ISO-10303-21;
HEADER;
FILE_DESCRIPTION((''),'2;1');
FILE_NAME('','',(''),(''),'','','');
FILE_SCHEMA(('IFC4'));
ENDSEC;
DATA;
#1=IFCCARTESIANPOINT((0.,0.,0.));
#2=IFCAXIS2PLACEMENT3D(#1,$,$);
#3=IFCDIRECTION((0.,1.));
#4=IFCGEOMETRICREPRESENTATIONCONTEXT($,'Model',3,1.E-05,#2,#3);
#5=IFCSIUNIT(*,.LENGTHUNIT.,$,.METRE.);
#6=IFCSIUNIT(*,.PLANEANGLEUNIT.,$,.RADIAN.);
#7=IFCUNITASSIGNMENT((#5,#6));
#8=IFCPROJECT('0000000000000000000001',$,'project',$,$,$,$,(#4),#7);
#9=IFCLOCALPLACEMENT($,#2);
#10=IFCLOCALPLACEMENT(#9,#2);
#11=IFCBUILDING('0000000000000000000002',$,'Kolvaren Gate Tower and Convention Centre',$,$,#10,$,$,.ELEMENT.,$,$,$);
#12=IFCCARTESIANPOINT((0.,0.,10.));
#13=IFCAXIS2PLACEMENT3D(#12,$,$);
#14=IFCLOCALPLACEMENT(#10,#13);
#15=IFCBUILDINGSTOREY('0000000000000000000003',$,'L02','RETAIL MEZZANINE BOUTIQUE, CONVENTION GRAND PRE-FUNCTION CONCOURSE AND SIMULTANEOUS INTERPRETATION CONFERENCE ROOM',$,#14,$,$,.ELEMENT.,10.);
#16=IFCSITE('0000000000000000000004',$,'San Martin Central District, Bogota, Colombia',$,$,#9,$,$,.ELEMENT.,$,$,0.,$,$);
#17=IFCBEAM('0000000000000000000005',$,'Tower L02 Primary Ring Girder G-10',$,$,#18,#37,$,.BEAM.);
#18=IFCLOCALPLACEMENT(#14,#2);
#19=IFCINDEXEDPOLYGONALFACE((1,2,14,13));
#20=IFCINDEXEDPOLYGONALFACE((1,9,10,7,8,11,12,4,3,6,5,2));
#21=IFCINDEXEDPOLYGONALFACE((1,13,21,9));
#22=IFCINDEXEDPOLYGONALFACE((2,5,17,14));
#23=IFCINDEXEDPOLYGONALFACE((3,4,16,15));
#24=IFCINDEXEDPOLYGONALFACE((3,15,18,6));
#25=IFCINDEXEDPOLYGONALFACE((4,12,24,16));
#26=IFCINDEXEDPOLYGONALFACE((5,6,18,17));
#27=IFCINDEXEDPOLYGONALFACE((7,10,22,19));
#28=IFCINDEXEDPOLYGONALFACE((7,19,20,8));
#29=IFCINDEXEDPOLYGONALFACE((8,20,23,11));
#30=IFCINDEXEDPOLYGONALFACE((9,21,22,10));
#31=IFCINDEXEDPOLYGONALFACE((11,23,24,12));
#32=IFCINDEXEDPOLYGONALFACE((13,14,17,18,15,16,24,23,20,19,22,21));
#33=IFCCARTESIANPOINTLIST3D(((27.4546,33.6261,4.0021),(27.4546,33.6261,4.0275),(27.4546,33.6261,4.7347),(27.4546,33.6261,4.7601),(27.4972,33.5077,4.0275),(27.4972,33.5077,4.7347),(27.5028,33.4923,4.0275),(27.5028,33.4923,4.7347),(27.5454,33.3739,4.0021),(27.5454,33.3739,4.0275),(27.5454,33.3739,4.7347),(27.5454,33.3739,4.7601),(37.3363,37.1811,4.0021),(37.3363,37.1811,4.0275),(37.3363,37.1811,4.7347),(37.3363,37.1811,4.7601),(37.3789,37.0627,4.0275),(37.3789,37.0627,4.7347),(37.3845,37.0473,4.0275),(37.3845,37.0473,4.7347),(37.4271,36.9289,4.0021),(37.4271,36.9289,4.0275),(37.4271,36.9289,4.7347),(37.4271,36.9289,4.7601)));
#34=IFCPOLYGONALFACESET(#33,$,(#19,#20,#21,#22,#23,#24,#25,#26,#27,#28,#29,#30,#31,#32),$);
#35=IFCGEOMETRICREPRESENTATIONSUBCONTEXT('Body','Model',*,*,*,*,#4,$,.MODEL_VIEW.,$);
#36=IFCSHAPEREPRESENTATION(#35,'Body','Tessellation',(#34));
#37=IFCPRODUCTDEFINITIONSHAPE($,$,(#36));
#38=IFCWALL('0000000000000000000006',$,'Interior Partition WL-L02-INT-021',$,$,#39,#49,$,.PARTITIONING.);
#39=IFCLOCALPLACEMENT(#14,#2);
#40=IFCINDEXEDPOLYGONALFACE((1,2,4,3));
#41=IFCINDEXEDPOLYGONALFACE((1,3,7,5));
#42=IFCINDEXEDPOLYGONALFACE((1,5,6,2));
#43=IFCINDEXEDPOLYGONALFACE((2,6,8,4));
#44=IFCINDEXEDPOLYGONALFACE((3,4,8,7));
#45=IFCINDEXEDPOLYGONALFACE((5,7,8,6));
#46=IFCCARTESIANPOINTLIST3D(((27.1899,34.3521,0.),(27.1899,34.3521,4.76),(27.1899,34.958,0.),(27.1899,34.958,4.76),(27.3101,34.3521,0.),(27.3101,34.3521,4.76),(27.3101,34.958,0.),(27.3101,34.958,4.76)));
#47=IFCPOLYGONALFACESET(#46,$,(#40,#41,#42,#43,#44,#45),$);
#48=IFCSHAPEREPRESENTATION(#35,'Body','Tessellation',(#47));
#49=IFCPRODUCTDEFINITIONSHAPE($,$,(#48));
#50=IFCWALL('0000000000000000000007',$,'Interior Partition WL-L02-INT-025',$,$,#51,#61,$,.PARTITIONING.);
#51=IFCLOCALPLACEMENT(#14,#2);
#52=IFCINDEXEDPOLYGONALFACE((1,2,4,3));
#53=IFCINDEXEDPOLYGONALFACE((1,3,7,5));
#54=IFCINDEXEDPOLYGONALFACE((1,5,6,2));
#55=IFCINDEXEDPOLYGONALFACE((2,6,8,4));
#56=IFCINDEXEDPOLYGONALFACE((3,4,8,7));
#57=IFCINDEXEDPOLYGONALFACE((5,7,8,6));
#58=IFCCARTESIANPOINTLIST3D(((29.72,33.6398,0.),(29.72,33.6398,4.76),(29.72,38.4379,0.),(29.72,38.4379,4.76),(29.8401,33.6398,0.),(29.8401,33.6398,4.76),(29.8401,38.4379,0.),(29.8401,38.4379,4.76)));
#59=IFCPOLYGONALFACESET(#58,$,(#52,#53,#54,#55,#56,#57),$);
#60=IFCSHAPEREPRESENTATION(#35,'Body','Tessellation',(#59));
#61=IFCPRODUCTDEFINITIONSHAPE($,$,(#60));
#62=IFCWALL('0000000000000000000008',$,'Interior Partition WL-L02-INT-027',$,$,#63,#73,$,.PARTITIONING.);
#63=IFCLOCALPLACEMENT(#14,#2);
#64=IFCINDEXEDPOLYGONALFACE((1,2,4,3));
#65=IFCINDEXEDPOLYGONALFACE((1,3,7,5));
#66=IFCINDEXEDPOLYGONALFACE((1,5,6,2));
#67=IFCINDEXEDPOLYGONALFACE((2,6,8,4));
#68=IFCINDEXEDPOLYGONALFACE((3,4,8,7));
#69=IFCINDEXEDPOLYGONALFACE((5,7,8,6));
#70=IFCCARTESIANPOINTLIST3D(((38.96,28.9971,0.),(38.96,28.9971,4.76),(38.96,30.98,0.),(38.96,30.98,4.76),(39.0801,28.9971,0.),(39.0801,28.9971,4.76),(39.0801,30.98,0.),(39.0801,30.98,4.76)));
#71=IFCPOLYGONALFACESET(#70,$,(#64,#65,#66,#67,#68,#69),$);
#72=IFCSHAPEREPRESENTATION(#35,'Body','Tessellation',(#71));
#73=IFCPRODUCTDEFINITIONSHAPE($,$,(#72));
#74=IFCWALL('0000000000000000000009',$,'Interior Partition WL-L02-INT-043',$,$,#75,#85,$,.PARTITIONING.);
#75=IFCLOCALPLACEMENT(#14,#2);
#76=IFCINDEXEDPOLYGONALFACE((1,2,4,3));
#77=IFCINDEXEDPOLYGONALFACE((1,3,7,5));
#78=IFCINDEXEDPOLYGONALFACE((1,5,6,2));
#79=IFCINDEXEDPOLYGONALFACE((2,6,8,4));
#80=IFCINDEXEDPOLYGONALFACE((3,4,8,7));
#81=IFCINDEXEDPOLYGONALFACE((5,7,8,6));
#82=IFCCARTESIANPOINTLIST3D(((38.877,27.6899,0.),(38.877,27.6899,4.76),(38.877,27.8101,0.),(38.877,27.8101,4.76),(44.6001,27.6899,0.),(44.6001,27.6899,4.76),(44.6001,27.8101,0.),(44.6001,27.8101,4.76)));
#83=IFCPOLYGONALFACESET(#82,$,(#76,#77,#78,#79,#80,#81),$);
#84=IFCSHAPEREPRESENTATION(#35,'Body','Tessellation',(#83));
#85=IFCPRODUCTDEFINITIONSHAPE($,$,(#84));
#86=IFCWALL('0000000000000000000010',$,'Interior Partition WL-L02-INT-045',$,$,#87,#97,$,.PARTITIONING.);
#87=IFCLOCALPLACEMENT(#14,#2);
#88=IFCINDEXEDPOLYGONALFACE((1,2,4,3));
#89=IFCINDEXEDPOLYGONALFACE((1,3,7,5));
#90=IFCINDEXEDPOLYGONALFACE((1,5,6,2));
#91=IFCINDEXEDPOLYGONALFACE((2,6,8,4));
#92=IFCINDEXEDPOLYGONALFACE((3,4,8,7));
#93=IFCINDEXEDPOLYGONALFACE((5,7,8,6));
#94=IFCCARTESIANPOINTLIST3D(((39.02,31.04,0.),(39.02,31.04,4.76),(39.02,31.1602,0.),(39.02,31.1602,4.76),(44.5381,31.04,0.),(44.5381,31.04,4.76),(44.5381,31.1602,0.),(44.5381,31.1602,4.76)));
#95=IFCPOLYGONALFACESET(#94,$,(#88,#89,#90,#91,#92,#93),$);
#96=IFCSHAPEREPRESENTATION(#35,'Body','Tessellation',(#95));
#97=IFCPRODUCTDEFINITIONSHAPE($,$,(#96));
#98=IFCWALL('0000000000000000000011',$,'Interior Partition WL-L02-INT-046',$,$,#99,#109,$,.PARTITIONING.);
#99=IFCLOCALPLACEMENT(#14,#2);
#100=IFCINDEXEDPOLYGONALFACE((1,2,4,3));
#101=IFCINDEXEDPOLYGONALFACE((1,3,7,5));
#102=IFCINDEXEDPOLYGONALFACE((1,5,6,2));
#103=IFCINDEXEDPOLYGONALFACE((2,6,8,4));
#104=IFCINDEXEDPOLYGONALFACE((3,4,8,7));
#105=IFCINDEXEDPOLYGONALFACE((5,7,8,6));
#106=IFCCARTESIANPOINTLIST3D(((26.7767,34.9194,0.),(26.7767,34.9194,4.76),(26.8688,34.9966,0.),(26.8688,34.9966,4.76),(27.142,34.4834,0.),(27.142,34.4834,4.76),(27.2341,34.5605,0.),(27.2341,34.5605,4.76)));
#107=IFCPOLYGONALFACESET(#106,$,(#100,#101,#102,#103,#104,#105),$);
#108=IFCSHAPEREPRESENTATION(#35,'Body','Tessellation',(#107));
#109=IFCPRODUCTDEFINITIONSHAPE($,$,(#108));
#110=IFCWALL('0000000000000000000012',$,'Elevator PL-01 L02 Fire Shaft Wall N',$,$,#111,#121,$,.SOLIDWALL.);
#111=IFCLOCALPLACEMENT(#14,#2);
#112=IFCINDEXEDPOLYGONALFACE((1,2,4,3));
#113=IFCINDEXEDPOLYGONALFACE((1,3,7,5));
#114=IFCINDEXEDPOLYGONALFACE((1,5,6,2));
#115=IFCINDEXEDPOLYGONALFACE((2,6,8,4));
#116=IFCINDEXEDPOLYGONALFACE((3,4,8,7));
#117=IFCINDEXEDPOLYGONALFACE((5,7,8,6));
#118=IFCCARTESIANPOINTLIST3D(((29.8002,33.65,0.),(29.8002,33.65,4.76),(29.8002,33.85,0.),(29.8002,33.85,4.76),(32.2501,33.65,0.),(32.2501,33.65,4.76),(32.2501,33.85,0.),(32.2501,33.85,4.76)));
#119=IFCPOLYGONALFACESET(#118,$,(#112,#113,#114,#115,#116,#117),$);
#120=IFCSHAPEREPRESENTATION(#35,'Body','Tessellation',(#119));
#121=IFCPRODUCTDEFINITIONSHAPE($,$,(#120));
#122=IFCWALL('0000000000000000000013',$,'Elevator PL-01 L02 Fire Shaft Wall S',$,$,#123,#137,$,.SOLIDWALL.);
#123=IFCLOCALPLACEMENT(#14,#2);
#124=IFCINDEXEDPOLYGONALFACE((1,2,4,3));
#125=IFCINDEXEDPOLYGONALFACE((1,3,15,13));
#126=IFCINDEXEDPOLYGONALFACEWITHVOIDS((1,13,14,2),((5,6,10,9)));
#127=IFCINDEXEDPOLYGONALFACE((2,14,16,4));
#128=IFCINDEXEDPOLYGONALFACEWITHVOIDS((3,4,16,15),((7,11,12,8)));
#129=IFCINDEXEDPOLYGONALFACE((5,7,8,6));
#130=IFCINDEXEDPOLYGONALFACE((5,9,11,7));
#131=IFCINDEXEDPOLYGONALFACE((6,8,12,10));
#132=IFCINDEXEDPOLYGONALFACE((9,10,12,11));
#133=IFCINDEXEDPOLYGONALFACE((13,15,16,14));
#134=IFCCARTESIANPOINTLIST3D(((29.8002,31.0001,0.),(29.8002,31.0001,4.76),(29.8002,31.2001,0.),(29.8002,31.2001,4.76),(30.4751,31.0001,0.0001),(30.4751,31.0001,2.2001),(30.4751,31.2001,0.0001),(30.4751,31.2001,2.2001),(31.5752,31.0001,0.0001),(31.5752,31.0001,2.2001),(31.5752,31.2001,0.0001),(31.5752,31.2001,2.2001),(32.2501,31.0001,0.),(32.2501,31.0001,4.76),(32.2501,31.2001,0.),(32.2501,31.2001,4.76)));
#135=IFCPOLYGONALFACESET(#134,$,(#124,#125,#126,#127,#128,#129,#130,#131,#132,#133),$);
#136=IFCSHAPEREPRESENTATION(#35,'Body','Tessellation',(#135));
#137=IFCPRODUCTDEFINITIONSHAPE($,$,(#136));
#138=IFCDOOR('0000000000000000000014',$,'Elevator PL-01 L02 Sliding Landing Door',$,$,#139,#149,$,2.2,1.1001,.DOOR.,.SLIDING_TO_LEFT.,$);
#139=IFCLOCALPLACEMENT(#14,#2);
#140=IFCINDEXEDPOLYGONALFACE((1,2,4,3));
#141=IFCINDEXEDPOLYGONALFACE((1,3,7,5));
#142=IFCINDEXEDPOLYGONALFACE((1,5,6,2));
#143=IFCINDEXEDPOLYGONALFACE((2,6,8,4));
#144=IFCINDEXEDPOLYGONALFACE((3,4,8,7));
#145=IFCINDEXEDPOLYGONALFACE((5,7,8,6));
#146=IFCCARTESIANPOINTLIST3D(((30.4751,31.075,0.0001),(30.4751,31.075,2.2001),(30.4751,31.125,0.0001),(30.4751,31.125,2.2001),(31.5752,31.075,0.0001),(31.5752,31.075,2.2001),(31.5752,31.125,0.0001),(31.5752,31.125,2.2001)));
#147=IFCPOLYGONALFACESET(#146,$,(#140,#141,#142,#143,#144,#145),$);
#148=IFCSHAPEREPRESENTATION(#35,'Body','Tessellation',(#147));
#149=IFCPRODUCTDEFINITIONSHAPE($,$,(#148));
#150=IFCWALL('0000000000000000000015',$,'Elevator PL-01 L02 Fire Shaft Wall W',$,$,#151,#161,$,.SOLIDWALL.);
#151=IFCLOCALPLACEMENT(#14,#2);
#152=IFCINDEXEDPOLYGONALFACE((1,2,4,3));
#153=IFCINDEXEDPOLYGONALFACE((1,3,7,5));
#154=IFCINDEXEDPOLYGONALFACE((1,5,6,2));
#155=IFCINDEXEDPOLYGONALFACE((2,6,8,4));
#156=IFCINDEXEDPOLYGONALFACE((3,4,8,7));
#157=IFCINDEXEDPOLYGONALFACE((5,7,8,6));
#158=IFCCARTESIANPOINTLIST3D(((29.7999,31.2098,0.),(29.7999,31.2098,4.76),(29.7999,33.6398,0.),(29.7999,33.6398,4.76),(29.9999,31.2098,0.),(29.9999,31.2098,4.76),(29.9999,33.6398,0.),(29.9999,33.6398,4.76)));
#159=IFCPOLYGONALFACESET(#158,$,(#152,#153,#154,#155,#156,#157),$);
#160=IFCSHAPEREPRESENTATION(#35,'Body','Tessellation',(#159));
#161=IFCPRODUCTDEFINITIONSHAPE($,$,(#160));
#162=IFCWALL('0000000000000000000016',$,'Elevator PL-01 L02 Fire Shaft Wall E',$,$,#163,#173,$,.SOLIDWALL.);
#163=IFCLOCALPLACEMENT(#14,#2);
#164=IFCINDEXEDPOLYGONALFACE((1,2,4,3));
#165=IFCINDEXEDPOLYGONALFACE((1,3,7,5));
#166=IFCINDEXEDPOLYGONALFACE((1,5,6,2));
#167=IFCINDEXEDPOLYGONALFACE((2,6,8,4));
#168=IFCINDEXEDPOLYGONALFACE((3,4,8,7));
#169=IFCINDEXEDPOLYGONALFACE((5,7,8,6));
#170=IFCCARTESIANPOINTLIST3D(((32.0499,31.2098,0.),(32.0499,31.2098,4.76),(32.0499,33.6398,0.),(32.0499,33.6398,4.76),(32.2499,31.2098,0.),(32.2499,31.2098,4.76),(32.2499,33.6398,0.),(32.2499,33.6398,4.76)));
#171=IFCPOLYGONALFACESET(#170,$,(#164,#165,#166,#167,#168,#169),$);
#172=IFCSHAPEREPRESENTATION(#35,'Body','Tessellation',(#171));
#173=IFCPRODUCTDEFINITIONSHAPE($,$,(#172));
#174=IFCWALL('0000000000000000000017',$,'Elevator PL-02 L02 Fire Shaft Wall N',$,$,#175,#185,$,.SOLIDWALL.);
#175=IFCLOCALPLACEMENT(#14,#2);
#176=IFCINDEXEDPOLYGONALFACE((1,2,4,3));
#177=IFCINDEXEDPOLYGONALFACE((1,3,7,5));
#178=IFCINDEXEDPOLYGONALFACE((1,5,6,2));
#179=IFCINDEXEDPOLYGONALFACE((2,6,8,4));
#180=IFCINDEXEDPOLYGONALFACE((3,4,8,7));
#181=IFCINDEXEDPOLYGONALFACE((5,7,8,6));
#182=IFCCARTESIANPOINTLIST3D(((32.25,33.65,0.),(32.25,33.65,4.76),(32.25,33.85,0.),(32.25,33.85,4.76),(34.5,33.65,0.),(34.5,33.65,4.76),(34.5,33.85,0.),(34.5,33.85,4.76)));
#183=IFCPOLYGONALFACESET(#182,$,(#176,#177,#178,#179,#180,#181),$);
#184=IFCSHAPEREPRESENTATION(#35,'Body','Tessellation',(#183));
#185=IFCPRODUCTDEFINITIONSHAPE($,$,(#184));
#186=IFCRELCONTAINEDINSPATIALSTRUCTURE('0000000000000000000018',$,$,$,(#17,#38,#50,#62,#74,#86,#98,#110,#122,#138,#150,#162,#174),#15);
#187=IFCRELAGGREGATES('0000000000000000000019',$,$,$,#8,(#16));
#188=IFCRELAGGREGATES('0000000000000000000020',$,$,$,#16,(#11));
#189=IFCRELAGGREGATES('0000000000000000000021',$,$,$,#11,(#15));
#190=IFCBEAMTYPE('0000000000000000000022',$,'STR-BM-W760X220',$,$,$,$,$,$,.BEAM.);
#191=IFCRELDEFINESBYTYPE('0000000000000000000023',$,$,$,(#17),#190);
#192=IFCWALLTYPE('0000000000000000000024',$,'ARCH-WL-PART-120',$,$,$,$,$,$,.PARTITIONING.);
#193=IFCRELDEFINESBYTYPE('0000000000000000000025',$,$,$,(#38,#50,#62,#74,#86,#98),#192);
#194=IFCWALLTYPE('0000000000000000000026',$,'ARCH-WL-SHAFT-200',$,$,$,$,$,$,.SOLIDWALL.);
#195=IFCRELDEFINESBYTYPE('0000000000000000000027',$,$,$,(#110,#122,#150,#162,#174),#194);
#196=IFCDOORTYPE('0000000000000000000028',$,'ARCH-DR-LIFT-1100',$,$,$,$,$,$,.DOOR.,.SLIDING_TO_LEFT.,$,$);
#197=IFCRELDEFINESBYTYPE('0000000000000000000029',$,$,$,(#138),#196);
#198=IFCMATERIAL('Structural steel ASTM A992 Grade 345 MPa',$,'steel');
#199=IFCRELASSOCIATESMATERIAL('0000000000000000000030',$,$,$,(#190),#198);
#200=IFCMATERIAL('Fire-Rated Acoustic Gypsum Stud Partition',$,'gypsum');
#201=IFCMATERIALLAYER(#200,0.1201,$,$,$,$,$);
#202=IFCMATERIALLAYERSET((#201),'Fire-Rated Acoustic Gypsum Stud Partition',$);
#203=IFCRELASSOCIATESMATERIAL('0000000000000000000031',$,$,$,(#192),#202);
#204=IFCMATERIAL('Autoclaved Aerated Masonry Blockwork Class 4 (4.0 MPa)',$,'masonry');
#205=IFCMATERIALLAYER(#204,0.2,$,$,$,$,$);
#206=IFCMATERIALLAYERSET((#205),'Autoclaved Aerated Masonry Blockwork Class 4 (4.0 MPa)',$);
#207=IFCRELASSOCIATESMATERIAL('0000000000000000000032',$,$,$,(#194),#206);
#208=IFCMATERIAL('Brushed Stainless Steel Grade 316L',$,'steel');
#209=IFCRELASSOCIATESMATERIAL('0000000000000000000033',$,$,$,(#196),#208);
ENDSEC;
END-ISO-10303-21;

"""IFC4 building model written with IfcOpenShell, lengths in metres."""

from ifc_helpers import new_model, si_unit, direction, frame, frame_2d, origin, origin_2d, place, context, subcontext, project, spatial, rectangle, i_section, extrude, material, layer, layer_set, material_profile, profile_set, type_object, element, fill, save


model = new_model("IFC4")

# Units and contexts
model_context = context("Model", 3, precision=1e-05, world=origin(), true_north=direction((0.0, 1.0)))
body_context = subcontext(model_context, "Body", "Model", "MODEL_VIEW")
ifc_project = project(units=[si_unit("LENGTHUNIT", "METRE"), si_unit("PLANEANGLEUNIT", "RADIAN")], contexts=[model_context])

# Site, building, storey
site_placement = place(None, origin())
site = spatial("IfcSite", under=ifc_project, at=site_placement, Name="San Martin Central District, Bogota, Colombia", CompositionType="ELEMENT", RefElevation=0.0)
building_placement = place(site_placement, origin())
building = spatial("IfcBuilding", under=site, at=building_placement, Name="Kolvaren Gate Tower and Convention Centre", CompositionType="ELEMENT")
storey_placement = place(building_placement, frame((0.0, 0.0, 10.0)))
storey = spatial("IfcBuildingStorey", under=building, at=storey_placement, Name="L02", Description="RETAIL MEZZANINE BOUTIQUE, CONVENTION GRAND PRE-FUNCTION CONCOURSE AND SIMULTANEOUS INTERPRETATION CONFERENCE ROOM", CompositionType="ELEMENT", Elevation=10.0)

# Beam
ifc_material_1 = material(Name="Structural steel ASTM A992 Grade 345 MPa", Category="steel")
ifc_material_profile = material_profile(ifc_material_1, i_section(OverallWidth=0.2681, OverallDepth=0.7581, WebThickness=0.0164, FlangeThickness=0.0254, at=origin_2d()), Name="W760X220")
ifc_profile_set = profile_set([ifc_material_profile], Name="Structural steel ASTM A992 Grade 345 MPa")
beam_type = type_object("IfcBeamType", Name="STR-BM-W760X220", PredefinedType="BEAM", material=ifc_profile_set)
beam_placement = place(storey_placement, frame((27.5, 33.5, 4.3811), z_axis=(0.940961, 0.338514, 0.0), x_axis=(-0.338514, 0.940961, 0.0)))
element("IfcBeam", 1, at=beam_placement, inside=storey, type_object=beam_type, Name="Tower L02 Primary Ring Girder G-10", PredefinedType="BEAM", context=body_context, shape_type="SweptSolid", body=[
    extrude(i_section(OverallWidth=0.2681, OverallDepth=0.7581, WebThickness=0.0164, FlangeThickness=0.0254, at=origin_2d()), origin(), (0.0, 0.0, 1.0), 10.5017),
])

# Walls
ifc_material_2 = material(Name="Fire-Rated Acoustic Gypsum Stud Partition", Category="gypsum")
ifc_layer_1 = layer(ifc_material_2, 0.1201)
ifc_layer_set_1 = layer_set([ifc_layer_1], Name="Fire-Rated Acoustic Gypsum Stud Partition")
wall_type_1 = type_object("IfcWallType", Name="ARCH-WL-PART-120", PredefinedType="PARTITIONING", material=ifc_layer_set_1)
wall_1_placement = place(storey_placement, frame((27.25, 34.3521, 0.0), z_axis=(0.0, 0.0, 1.0), x_axis=(0.0, 1.0, 0.0)))
element("IfcWall", 2, at=wall_1_placement, inside=storey, type_object=wall_type_1, Name="Interior Partition WL-L02-INT-021", PredefinedType="PARTITIONING", context=body_context, shape_type="SweptSolid", body=[
    extrude(rectangle(XDim=0.606, YDim=0.1201, at=frame_2d((0.303, 0.0))), origin(), (0.0, 0.0, 1.0), 4.76),
])
wall_2_placement = place(storey_placement, frame((29.78, 33.6399, 0.0), z_axis=(0.0, 0.0, 1.0), x_axis=(0.0, 1.0, 0.0)))
element("IfcWall", 3, at=wall_2_placement, inside=storey, type_object=wall_type_1, Name="Interior Partition WL-L02-INT-025", PredefinedType="PARTITIONING", context=body_context, shape_type="SweptSolid", body=[
    extrude(rectangle(XDim=4.7981, YDim=0.1201, at=frame_2d((2.3989, 0.0))), origin(), (0.0, 0.0, 1.0), 4.76),
])
wall_3_placement = place(storey_placement, frame((39.02, 28.9971, 0.0), z_axis=(0.0, 0.0, 1.0), x_axis=(0.0, 1.0, 0.0)))
element("IfcWall", 4, at=wall_3_placement, inside=storey, type_object=wall_type_1, Name="Interior Partition WL-L02-INT-027", PredefinedType="PARTITIONING", context=body_context, shape_type="SweptSolid", body=[
    extrude(rectangle(XDim=1.9829, YDim=0.1201, at=frame_2d((0.9915, 0.0))), origin(), (0.0, 0.0, 1.0), 4.76),
])
wall_4_placement = place(storey_placement, frame((38.877, 27.75, 0.0), z_axis=(0.0, 0.0, 1.0), x_axis=(1.0, 0.0, 0.0)))
element("IfcWall", 5, at=wall_4_placement, inside=storey, type_object=wall_type_1, Name="Interior Partition WL-L02-INT-043", PredefinedType="PARTITIONING", context=body_context, shape_type="SweptSolid", body=[
    extrude(rectangle(XDim=5.7231, YDim=0.1201, at=frame_2d((2.8616, 0.0))), origin(), (0.0, 0.0, 1.0), 4.76),
])
wall_5_placement = place(storey_placement, frame((39.02, 31.1001, 0.0), z_axis=(0.0, 0.0, 1.0), x_axis=(1.0, 0.0, 0.0)))
element("IfcWall", 6, at=wall_5_placement, inside=storey, type_object=wall_type_1, Name="Interior Partition WL-L02-INT-045", PredefinedType="PARTITIONING", context=body_context, shape_type="SweptSolid", body=[
    extrude(rectangle(XDim=5.5181, YDim=0.1201, at=frame_2d((2.759, 0.0))), origin(), (0.0, 0.0, 1.0), 4.76),
])
wall_6_placement = place(storey_placement, frame((26.8228, 34.958, 0.0), z_axis=(0.0, 0.0, 1.0), x_axis=(0.642124, -0.7666, 0.0)))
element("IfcWall", 7, at=wall_6_placement, inside=storey, type_object=wall_type_1, Name="Interior Partition WL-L02-INT-046", PredefinedType="PARTITIONING", context=body_context, shape_type="SweptSolid", body=[
    extrude(rectangle(XDim=0.5688, YDim=0.1201, at=frame_2d((0.2844, 0.0))), origin(), (0.0, 0.0, 1.0), 4.76),
])
ifc_material_3 = material(Name="Autoclaved Aerated Masonry Blockwork Class 4 (4.0 MPa)", Category="masonry")
ifc_layer_2 = layer(ifc_material_3, 0.2)
ifc_layer_set_2 = layer_set([ifc_layer_2], Name="Autoclaved Aerated Masonry Blockwork Class 4 (4.0 MPa)")
wall_type_2 = type_object("IfcWallType", Name="ARCH-WL-SHAFT-200", PredefinedType="SOLIDWALL", material=ifc_layer_set_2)
wall_7_placement = place(storey_placement, frame((29.8, 33.75, 0.0), z_axis=(0.0, 0.0, 1.0), x_axis=(1.0, 0.0, 0.0)))
element("IfcWall", 8, at=wall_7_placement, inside=storey, type_object=wall_type_2, Name="Elevator PL-01 L02 Fire Shaft Wall N", PredefinedType="SOLIDWALL", context=body_context, shape_type="SweptSolid", body=[
    extrude(rectangle(XDim=2.45, YDim=0.2, at=frame_2d((1.2251, 0.0))), origin(), (0.0, 0.0, 1.0), 4.76),
])

# Wall, opening, door
wall_8_placement = place(storey_placement, frame((29.8, 31.1001, 0.0), z_axis=(0.0, 0.0, 1.0), x_axis=(1.0, 0.0, 0.0)))
wall_8 = element("IfcWall", 9, at=wall_8_placement, inside=storey, type_object=wall_type_2, Name="Elevator PL-01 L02 Fire Shaft Wall S", PredefinedType="SOLIDWALL", context=body_context, shape_type="SweptSolid", body=[
    extrude(rectangle(XDim=2.45, YDim=0.2, at=frame_2d((1.2251, 0.0))), origin(), (0.0, 0.0, 1.0), 4.76),
])
opening_1_placement = place(wall_8_placement, frame((0.675, 0.0, 0.0)))
opening_1 = element("IfcOpeningElement", 10, at=opening_1_placement, cuts=wall_8, PredefinedType="OPENING", context=body_context, shape_type="SweptSolid", body=[
    extrude(rectangle(XDim=1.1001, YDim=2.2, at=frame_2d((0.55, 1.1001))), frame((0.0, 0.1099, 0.0), z_axis=(0.0, -1.0, 0.0), x_axis=(1.0, 0.0, 0.0)), (0.0, 0.0, 1.0), 0.22),
])
ifc_material_4 = material(Name="Brushed Stainless Steel Grade 316L", Category="steel")
door_type_1 = type_object("IfcDoorType", Name="ARCH-DR-LIFT-1100", OperationType="SLIDING_TO_LEFT", PredefinedType="DOOR", material=ifc_material_4)
door_1_placement = place(opening_1_placement, origin())
door_1 = element("IfcDoor", 11, at=door_1_placement, inside=storey, type_object=door_type_1, Name="Elevator PL-01 L02 Sliding Landing Door", OperationType="SLIDING_TO_LEFT", OverallHeight=2.2, OverallWidth=1.1001, PredefinedType="DOOR", context=body_context, shape_type="SweptSolid", body=[
    extrude(rectangle(XDim=1.1001, YDim=2.2, at=frame_2d((0.55, 1.1001))), frame((0.0, 0.0249, 0.0), z_axis=(0.0, -1.0, 0.0), x_axis=(1.0, 0.0, 0.0)), (0.0, 0.0, 1.0), 0.05),
])
fill(opening_1, door_1)

# Walls
for number, where, z_axis, x_axis, name in (
    (12, (29.8999, 31.21, 0.0), (0.0, 0.0, 1.0), (0.0, 1.0, 0.0), "Elevator PL-01 L02 Fire Shaft Wall W"),
    (13, (32.1499, 31.21, 0.0), (0.0, 0.0, 1.0), (0.0, 1.0, 0.0), "Elevator PL-01 L02 Fire Shaft Wall E"),
):
    element("IfcWall", number, at=place(storey_placement, frame(where, z_axis=z_axis, x_axis=x_axis)), inside=storey, type_object=wall_type_2, Name=name, PredefinedType="SOLIDWALL", context=body_context, shape_type="SweptSolid", body=[
        extrude(rectangle(XDim=2.4299, YDim=0.2, at=frame_2d((1.2148, 0.0))), origin(), (0.0, 0.0, 1.0), 4.76),
    ])
wall_9_placement = place(storey_placement, frame((32.25, 33.75, 0.0), z_axis=(0.0, 0.0, 1.0), x_axis=(1.0, 0.0, 0.0)))
element("IfcWall", 14, at=wall_9_placement, inside=storey, type_object=wall_type_2, Name="Elevator PL-02 L02 Fire Shaft Wall N", PredefinedType="SOLIDWALL", context=body_context, shape_type="SweptSolid", body=[
    extrude(rectangle(XDim=2.25, YDim=0.2, at=frame_2d((1.125, 0.0))), origin(), (0.0, 0.0, 1.0), 4.76),
])

save(model, "model.ifc")
